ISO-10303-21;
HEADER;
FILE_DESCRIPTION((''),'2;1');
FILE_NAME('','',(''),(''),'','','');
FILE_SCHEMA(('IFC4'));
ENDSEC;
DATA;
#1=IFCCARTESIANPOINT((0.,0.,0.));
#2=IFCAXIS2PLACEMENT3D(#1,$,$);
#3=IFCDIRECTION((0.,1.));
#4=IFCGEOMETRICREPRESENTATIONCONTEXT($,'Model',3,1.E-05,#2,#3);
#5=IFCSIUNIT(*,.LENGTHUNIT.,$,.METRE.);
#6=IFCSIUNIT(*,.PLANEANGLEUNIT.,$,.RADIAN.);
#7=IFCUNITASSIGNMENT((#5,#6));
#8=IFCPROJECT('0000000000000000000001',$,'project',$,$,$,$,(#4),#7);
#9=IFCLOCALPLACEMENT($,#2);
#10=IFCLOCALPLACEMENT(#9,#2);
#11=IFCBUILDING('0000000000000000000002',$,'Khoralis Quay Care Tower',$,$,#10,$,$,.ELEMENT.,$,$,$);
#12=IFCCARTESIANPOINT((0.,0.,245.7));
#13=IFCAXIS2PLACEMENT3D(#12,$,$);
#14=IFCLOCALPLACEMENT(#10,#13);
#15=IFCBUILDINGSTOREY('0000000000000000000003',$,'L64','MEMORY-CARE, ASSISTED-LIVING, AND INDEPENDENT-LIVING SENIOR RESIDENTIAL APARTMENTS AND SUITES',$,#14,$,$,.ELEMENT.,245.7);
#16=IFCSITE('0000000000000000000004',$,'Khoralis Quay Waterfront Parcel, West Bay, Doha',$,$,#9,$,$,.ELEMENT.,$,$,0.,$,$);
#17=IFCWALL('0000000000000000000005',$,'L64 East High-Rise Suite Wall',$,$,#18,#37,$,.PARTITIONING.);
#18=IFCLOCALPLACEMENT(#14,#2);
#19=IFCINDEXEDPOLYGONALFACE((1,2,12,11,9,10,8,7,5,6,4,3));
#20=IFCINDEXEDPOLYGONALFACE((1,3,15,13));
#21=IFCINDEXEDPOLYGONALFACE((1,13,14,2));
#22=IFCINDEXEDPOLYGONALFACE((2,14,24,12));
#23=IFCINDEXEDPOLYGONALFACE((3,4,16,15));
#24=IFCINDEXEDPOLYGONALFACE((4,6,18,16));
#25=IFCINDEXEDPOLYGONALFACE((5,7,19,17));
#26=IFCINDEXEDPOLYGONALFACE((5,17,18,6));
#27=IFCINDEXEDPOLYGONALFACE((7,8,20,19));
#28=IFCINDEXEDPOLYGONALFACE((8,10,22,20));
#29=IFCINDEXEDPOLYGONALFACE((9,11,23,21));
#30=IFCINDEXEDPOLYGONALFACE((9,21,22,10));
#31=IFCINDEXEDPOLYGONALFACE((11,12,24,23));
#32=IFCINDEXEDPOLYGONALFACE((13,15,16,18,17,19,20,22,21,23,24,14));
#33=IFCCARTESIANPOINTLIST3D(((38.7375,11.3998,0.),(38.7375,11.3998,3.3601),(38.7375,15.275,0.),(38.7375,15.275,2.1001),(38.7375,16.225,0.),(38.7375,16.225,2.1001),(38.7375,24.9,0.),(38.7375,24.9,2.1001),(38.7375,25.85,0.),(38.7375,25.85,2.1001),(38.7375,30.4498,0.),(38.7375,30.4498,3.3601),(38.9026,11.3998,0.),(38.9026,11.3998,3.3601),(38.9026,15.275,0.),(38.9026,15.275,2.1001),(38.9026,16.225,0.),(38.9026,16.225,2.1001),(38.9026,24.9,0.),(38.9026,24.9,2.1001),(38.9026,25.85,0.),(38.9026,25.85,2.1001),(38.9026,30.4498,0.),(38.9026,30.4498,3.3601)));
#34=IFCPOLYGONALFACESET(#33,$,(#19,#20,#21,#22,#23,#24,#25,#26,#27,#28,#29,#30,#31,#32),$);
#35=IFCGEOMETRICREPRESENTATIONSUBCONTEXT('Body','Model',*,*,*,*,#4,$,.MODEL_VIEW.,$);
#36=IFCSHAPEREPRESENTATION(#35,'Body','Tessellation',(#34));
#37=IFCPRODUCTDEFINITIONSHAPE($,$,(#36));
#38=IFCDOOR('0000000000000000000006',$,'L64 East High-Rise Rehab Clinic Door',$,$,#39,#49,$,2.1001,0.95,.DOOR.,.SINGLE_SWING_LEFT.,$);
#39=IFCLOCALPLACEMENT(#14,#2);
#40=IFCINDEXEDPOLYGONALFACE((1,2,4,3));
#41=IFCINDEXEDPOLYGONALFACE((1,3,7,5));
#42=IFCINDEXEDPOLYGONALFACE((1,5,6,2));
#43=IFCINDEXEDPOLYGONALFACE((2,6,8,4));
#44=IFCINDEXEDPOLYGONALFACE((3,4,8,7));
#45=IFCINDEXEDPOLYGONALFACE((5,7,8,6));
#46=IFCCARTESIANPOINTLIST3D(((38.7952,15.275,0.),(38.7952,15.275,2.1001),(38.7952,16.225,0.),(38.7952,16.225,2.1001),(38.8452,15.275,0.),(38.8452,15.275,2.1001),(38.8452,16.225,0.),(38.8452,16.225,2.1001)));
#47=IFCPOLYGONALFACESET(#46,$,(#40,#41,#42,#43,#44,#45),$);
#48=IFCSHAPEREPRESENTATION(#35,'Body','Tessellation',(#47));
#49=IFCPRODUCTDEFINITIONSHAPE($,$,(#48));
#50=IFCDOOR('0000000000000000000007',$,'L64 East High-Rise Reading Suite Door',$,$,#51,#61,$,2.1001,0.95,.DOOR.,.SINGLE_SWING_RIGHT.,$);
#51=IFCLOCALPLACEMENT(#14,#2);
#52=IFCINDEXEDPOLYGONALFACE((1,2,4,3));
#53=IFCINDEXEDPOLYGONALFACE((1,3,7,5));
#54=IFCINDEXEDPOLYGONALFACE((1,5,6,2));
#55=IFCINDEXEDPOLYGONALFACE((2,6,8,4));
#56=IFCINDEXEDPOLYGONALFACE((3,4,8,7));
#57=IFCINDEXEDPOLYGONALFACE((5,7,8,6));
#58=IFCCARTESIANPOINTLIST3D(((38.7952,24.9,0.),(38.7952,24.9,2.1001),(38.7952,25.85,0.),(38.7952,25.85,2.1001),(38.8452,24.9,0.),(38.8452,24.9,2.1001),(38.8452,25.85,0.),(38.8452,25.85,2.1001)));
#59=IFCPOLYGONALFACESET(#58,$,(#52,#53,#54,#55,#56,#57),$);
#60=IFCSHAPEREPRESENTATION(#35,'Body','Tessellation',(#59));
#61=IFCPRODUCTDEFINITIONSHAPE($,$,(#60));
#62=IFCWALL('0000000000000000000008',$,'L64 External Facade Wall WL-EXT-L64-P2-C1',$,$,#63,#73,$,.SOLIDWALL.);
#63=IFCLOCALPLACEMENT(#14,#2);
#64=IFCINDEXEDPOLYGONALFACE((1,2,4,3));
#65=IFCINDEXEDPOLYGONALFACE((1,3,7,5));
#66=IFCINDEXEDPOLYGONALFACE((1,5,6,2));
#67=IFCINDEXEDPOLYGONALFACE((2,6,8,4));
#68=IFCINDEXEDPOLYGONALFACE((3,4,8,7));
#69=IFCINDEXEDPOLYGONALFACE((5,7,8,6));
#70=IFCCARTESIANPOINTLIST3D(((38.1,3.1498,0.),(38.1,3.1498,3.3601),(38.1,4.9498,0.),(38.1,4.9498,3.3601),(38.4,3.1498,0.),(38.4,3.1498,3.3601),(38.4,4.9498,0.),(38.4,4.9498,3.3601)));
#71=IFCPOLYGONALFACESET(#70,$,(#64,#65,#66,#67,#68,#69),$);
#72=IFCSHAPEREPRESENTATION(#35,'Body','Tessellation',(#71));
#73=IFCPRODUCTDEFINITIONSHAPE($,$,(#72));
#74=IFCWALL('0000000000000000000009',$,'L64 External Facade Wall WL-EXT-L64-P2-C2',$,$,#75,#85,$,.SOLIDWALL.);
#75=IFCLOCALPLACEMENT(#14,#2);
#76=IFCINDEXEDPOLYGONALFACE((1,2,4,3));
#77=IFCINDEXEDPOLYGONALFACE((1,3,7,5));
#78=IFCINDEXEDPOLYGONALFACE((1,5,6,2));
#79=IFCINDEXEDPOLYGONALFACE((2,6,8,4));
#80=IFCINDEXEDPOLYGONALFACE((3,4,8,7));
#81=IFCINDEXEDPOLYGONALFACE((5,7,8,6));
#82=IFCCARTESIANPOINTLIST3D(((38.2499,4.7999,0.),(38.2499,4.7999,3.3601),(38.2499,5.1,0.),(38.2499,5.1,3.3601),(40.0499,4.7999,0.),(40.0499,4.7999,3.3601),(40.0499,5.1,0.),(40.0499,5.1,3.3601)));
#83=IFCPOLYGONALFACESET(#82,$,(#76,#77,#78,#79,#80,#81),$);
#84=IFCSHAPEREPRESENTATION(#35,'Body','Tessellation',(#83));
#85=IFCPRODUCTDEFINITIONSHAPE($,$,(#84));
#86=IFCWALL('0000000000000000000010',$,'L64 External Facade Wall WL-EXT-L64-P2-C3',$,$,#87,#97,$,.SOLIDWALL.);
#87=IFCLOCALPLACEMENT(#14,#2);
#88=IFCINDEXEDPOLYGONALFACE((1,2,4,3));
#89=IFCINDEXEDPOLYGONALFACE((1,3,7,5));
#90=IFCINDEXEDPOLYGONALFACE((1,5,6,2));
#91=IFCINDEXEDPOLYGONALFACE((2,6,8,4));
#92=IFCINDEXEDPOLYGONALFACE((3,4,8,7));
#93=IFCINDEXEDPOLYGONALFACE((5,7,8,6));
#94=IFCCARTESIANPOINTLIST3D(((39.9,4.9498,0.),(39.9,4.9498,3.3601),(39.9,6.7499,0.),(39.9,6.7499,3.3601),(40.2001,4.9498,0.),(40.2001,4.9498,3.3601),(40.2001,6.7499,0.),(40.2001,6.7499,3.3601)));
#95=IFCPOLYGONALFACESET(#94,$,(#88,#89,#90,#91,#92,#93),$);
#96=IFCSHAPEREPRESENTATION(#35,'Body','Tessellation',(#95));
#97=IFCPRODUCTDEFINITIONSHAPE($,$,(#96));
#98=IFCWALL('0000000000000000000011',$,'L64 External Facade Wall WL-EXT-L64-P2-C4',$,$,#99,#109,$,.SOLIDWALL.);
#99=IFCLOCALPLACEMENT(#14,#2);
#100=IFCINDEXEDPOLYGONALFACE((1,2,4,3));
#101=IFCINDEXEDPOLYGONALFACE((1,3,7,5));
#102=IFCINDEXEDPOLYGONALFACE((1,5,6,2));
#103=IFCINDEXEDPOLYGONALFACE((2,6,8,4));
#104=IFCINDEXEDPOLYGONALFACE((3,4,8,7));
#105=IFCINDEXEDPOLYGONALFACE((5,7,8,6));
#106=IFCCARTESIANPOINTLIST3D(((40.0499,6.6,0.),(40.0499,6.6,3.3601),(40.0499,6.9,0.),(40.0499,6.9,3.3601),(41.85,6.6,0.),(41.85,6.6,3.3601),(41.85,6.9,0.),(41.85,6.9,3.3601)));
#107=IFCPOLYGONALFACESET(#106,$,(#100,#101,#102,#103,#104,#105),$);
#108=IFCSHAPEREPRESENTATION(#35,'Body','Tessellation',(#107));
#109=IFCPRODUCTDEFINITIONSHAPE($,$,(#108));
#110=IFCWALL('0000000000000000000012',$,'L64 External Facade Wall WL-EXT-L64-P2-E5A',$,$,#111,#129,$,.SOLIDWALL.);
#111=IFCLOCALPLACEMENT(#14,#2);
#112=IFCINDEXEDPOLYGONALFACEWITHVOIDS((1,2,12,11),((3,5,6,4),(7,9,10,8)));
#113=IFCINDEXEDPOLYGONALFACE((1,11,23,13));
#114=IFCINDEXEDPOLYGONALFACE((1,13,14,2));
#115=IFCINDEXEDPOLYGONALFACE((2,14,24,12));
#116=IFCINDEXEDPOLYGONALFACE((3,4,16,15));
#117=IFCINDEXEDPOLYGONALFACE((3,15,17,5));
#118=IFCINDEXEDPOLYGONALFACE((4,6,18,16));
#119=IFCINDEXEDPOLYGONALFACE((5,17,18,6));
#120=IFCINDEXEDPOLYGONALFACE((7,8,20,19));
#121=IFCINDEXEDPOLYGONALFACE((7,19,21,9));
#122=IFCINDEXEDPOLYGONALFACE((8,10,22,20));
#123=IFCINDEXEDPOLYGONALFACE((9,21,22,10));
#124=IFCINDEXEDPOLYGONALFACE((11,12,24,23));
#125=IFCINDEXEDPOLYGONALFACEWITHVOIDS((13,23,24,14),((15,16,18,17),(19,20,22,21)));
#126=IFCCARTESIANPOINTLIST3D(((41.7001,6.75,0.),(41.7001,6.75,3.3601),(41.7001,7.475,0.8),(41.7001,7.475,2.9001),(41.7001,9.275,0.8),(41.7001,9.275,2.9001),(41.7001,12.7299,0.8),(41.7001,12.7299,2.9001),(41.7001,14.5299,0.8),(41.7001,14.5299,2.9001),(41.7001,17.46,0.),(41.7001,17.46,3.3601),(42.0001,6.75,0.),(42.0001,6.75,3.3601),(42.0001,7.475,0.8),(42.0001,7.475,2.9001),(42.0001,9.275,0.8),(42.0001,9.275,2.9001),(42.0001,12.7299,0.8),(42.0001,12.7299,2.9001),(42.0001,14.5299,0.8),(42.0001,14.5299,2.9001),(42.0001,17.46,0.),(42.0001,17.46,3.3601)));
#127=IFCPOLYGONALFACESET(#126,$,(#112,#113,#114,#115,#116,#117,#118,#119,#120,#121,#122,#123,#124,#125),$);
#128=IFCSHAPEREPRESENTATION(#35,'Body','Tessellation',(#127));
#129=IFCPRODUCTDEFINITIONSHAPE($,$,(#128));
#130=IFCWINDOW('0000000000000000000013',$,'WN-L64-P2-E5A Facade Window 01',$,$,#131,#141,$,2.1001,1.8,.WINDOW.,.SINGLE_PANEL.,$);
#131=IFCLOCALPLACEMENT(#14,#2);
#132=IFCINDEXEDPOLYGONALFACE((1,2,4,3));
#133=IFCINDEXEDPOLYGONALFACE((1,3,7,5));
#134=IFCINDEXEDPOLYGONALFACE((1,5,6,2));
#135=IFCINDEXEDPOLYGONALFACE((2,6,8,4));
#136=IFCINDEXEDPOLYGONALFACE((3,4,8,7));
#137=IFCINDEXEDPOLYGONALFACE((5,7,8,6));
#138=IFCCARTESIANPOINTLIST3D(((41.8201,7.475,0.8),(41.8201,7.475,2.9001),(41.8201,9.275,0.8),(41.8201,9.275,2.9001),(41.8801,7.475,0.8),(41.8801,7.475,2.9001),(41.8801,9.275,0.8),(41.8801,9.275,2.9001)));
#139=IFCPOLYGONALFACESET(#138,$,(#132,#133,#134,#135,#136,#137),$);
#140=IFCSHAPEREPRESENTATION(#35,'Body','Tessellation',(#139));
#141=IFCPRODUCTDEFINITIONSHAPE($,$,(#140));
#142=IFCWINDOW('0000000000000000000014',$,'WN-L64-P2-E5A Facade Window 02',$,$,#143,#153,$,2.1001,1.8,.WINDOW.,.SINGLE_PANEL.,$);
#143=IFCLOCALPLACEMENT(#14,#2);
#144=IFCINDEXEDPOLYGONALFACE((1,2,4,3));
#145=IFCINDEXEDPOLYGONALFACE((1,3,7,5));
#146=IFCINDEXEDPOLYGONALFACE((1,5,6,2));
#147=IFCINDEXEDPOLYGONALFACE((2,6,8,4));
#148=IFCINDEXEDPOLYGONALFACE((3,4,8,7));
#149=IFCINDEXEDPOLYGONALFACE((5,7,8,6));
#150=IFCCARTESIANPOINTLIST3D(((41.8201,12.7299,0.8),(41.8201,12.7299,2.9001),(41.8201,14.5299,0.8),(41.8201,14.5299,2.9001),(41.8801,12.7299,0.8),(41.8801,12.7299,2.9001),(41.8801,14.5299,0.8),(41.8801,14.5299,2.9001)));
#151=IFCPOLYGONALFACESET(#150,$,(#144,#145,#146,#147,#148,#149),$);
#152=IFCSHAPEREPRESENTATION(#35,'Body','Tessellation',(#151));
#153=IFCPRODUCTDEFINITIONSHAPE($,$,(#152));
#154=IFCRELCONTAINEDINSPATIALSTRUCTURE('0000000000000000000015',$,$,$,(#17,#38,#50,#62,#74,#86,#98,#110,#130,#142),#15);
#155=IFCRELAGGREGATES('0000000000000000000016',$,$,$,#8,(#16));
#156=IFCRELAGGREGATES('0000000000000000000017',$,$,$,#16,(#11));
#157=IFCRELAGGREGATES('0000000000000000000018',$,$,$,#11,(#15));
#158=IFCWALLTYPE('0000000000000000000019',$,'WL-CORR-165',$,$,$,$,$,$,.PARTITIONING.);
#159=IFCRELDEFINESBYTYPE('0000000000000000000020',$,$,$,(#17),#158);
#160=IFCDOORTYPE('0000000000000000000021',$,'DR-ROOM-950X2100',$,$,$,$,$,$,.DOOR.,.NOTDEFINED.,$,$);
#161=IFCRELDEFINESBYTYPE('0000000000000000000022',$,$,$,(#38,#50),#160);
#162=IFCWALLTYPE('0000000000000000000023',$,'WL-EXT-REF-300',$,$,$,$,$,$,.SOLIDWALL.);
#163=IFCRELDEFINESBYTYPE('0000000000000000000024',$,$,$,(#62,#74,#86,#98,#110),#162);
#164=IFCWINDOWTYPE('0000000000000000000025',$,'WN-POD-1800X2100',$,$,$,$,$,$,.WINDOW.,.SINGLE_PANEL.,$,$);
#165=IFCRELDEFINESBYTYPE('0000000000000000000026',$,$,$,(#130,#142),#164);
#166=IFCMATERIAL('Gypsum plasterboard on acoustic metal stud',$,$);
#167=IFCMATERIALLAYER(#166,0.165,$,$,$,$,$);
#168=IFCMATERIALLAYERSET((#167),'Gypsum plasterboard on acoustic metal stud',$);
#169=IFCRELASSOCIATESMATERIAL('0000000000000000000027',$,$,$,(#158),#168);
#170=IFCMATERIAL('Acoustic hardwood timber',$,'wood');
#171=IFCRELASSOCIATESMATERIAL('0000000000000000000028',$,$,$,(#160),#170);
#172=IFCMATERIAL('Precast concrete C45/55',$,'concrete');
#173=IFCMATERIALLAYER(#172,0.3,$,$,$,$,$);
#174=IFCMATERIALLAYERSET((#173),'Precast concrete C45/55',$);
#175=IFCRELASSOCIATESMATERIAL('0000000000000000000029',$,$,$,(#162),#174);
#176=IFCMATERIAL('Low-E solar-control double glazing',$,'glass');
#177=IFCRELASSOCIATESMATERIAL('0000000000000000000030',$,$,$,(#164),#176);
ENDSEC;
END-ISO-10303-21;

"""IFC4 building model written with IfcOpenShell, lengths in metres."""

from ifc_helpers import new_model, si_unit, direction, frame, frame_2d, origin, place, context, subcontext, project, spatial, rectangle, extrude, source, transform, mapped, material, layer, layer_set, type_object, element, fill, save


model = new_model("IFC4")

# Units and contexts
model_context = context("Model", 3, precision=1e-05, world=origin(), true_north=direction((0.0, 1.0)))
body_context = subcontext(model_context, "Body", "Model", "MODEL_VIEW")
ifc_project = project(units=[si_unit("LENGTHUNIT", "METRE"), si_unit("PLANEANGLEUNIT", "RADIAN")], contexts=[model_context])

# Site, building, storey
site_placement = place(None, origin())
site = spatial("IfcSite", under=ifc_project, at=site_placement, Name="Khoralis Quay Waterfront Parcel, West Bay, Doha", CompositionType="ELEMENT", RefElevation=0.0)
building_placement = place(site_placement, origin())
building = spatial("IfcBuilding", under=site, at=building_placement, Name="Khoralis Quay Care Tower", CompositionType="ELEMENT")
storey_placement = place(building_placement, frame((0.0, 0.0, 245.7)))
storey = spatial("IfcBuildingStorey", under=building, at=storey_placement, Name="L64", Description="MEMORY-CARE, ASSISTED-LIVING, AND INDEPENDENT-LIVING SENIOR RESIDENTIAL APARTMENTS AND SUITES", CompositionType="ELEMENT", Elevation=245.7)

# Shared definitions
ifc_material_1 = material(Name="Gypsum plasterboard on acoustic metal stud")

# Wall, openings, doors
ifc_layer_1 = layer(ifc_material_1, 0.165)
ifc_layer_set_1 = layer_set([ifc_layer_1], Name="Gypsum plasterboard on acoustic metal stud")
wall_type_1 = type_object("IfcWallType", Name="WL-CORR-165", PredefinedType="PARTITIONING", material=ifc_layer_set_1)
wall_1_placement = place(storey_placement, frame((38.8201, 11.3999, 0.0), z_axis=(0.0, 0.0, 1.0), x_axis=(0.0, 1.0, 0.0)))
wall_1 = element("IfcWall", 1, at=wall_1_placement, inside=storey, type_object=wall_type_1, Name="L64 East High-Rise Suite Wall", PredefinedType="PARTITIONING", context=body_context, shape_type="SweptSolid", body=[
    extrude(rectangle(XDim=19.05, YDim=0.165, at=frame_2d((9.5249, 0.0))), origin(), (0.0, 0.0, 1.0), 3.3601),
])
opening_1_placement = place(wall_1_placement, frame((3.875, 0.0, 0.0)))
opening_1 = element("IfcOpeningElement", 2, at=opening_1_placement, cuts=wall_1, PredefinedType="OPENING", context=body_context, shape_type="SweptSolid", body=[
    extrude(rectangle(XDim=0.95, YDim=2.1001, at=frame_2d((0.4751, 1.05))), frame((0.0, 0.0925, 0.0), z_axis=(0.0, -1.0, 0.0), x_axis=(1.0, 0.0, 0.0)), (0.0, 0.0, 1.0), 0.1851),
])
opening_2_placement = place(wall_1_placement, frame((13.5, 0.0, 0.0)))
opening_2 = element("IfcOpeningElement", 3, at=opening_2_placement, cuts=wall_1, PredefinedType="OPENING", context=body_context, shape_type="SweptSolid", body=[
    extrude(rectangle(XDim=0.95, YDim=2.1001, at=frame_2d((0.4751, 1.05))), frame((0.0, 0.0925, 0.0), z_axis=(0.0, -1.0, 0.0), x_axis=(1.0, 0.0, 0.0)), (0.0, 0.0, 1.0), 0.1851),
])
ifc_material_2 = material(Name="Acoustic hardwood timber", Category="wood")
door_type_1 = type_object("IfcDoorType", Name="DR-ROOM-950X2100", OperationType="NOTDEFINED", PredefinedType="DOOR", material=ifc_material_2)
shared_shape_1 = source(origin(), body_context, "Body", "SweptSolid", [
    extrude(rectangle(XDim=0.95, YDim=2.1001, at=frame_2d((0.4751, 1.05))), frame((0.0, 0.0249, 0.0), z_axis=(0.0, -1.0, 0.0), x_axis=(1.0, 0.0, 0.0)), (0.0, 0.0, 1.0), 0.05),
])
door_1_placement = place(opening_1_placement, origin())
door_1 = element("IfcDoor", 4, at=door_1_placement, inside=storey, type_object=door_type_1, Name="L64 East High-Rise Rehab Clinic Door", OperationType="SINGLE_SWING_LEFT", OverallHeight=2.1001, OverallWidth=0.95, PredefinedType="DOOR", context=body_context, shape_type="MappedRepresentation", body=[
    mapped(shared_shape_1, transform((0.0, 0.0, 0.0), scale=1.0)),
])
fill(opening_1, door_1)
door_2_placement = place(opening_2_placement, origin())
door_2 = element("IfcDoor", 5, at=door_2_placement, inside=storey, type_object=door_type_1, Name="L64 East High-Rise Reading Suite Door", OperationType="SINGLE_SWING_RIGHT", OverallHeight=2.1001, OverallWidth=0.95, PredefinedType="DOOR", context=body_context, shape_type="MappedRepresentation", body=[
    mapped(shared_shape_1, transform((0.0, 0.0, 0.0), scale=1.0)),
])
fill(opening_2, door_2)

# Walls
ifc_material_3 = material(Name="Precast concrete C45/55", Category="concrete")
ifc_layer_2 = layer(ifc_material_3, 0.3)
ifc_layer_set_2 = layer_set([ifc_layer_2], Name="Precast concrete C45/55")
wall_type_2 = type_object("IfcWallType", Name="WL-EXT-REF-300", PredefinedType="SOLIDWALL", material=ifc_layer_set_2)
for number, where, z_axis, x_axis, name in (
    (6, (38.25, 3.1499, 0.0), (0.0, 0.0, 1.0), (0.0, 1.0, 0.0), "L64 External Facade Wall WL-EXT-L64-P2-C1"),
    (7, (38.25, 4.95, 0.0), (0.0, 0.0, 1.0), (1.0, 0.0, 0.0), "L64 External Facade Wall WL-EXT-L64-P2-C2"),
    (8, (40.05, 4.95, 0.0), (0.0, 0.0, 1.0), (0.0, 1.0, 0.0), "L64 External Facade Wall WL-EXT-L64-P2-C3"),
    (9, (40.05, 6.75, 0.0), (0.0, 0.0, 1.0), (1.0, 0.0, 0.0), "L64 External Facade Wall WL-EXT-L64-P2-C4"),
):
    element("IfcWall", number, at=place(storey_placement, frame(where, z_axis=z_axis, x_axis=x_axis)), inside=storey, type_object=wall_type_2, Name=name, PredefinedType="SOLIDWALL", context=body_context, shape_type="SweptSolid", body=[
        extrude(rectangle(XDim=1.8, YDim=0.3, at=frame_2d((0.8999, 0.0))), origin(), (0.0, 0.0, 1.0), 3.3601),
    ])

# Wall, openings, windows
wall_2_placement = place(storey_placement, frame((41.8501, 6.75, 0.0), z_axis=(0.0, 0.0, 1.0), x_axis=(0.0, 1.0, 0.0)))
wall_2 = element("IfcWall", 10, at=wall_2_placement, inside=storey, type_object=wall_type_2, Name="L64 External Facade Wall WL-EXT-L64-P2-E5A", PredefinedType="SOLIDWALL", context=body_context, shape_type="SweptSolid", body=[
    extrude(rectangle(XDim=10.71, YDim=0.3, at=frame_2d((5.355, 0.0))), origin(), (0.0, 0.0, 1.0), 3.3601),
])
opening_3_placement = place(wall_2_placement, frame((0.7251, 0.0, 0.8)))
opening_3 = element("IfcOpeningElement", 11, at=opening_3_placement, cuts=wall_2, PredefinedType="OPENING", context=body_context, shape_type="SweptSolid", body=[
    extrude(rectangle(XDim=1.8, YDim=2.1001, at=frame_2d((0.8999, 1.05))), frame((0.0, 0.1602, 0.0), z_axis=(0.0, -1.0, 0.0), x_axis=(1.0, 0.0, 0.0)), (0.0, 0.0, 1.0), 0.3201),
])
opening_4_placement = place(wall_2_placement, frame((5.98, 0.0, 0.8)))
opening_4 = element("IfcOpeningElement", 12, at=opening_4_placement, cuts=wall_2, PredefinedType="OPENING", context=body_context, shape_type="SweptSolid", body=[
    extrude(rectangle(XDim=1.8, YDim=2.1001, at=frame_2d((0.8999, 1.05))), frame((0.0, 0.1602, 0.0), z_axis=(0.0, -1.0, 0.0), x_axis=(1.0, 0.0, 0.0)), (0.0, 0.0, 1.0), 0.3201),
])
ifc_material_4 = material(Name="Low-E solar-control double glazing", Category="glass")
window_type = type_object("IfcWindowType", Name="WN-POD-1800X2100", PartitioningType="SINGLE_PANEL", PredefinedType="WINDOW", material=ifc_material_4)
shared_shape_2 = source(origin(), body_context, "Body", "SweptSolid", [
    extrude(rectangle(XDim=1.8, YDim=2.1001, at=frame_2d((0.8999, 1.05))), frame((0.0, 0.03, 0.0), z_axis=(0.0, -1.0, 0.0), x_axis=(1.0, 0.0, 0.0)), (0.0, 0.0, 1.0), 0.0601),
])
window_1_placement = place(opening_3_placement, origin())
window_1 = element("IfcWindow", 13, at=window_1_placement, inside=storey, type_object=window_type, Name="WN-L64-P2-E5A Facade Window 01", OverallHeight=2.1001, OverallWidth=1.8, PartitioningType="SINGLE_PANEL", PredefinedType="WINDOW", context=body_context, shape_type="MappedRepresentation", body=[
    mapped(shared_shape_2, transform((0.0, 0.0, 0.0), scale=1.0)),
])
fill(opening_3, window_1)
window_2_placement = place(opening_4_placement, origin())
window_2 = element("IfcWindow", 14, at=window_2_placement, inside=storey, type_object=window_type, Name="WN-L64-P2-E5A Facade Window 02", OverallHeight=2.1001, OverallWidth=1.8, PartitioningType="SINGLE_PANEL", PredefinedType="WINDOW", context=body_context, shape_type="MappedRepresentation", body=[
    mapped(shared_shape_2, transform((0.0, 0.0, 0.0), scale=1.0)),
])
fill(opening_4, window_2)

save(model, "model.ifc")
